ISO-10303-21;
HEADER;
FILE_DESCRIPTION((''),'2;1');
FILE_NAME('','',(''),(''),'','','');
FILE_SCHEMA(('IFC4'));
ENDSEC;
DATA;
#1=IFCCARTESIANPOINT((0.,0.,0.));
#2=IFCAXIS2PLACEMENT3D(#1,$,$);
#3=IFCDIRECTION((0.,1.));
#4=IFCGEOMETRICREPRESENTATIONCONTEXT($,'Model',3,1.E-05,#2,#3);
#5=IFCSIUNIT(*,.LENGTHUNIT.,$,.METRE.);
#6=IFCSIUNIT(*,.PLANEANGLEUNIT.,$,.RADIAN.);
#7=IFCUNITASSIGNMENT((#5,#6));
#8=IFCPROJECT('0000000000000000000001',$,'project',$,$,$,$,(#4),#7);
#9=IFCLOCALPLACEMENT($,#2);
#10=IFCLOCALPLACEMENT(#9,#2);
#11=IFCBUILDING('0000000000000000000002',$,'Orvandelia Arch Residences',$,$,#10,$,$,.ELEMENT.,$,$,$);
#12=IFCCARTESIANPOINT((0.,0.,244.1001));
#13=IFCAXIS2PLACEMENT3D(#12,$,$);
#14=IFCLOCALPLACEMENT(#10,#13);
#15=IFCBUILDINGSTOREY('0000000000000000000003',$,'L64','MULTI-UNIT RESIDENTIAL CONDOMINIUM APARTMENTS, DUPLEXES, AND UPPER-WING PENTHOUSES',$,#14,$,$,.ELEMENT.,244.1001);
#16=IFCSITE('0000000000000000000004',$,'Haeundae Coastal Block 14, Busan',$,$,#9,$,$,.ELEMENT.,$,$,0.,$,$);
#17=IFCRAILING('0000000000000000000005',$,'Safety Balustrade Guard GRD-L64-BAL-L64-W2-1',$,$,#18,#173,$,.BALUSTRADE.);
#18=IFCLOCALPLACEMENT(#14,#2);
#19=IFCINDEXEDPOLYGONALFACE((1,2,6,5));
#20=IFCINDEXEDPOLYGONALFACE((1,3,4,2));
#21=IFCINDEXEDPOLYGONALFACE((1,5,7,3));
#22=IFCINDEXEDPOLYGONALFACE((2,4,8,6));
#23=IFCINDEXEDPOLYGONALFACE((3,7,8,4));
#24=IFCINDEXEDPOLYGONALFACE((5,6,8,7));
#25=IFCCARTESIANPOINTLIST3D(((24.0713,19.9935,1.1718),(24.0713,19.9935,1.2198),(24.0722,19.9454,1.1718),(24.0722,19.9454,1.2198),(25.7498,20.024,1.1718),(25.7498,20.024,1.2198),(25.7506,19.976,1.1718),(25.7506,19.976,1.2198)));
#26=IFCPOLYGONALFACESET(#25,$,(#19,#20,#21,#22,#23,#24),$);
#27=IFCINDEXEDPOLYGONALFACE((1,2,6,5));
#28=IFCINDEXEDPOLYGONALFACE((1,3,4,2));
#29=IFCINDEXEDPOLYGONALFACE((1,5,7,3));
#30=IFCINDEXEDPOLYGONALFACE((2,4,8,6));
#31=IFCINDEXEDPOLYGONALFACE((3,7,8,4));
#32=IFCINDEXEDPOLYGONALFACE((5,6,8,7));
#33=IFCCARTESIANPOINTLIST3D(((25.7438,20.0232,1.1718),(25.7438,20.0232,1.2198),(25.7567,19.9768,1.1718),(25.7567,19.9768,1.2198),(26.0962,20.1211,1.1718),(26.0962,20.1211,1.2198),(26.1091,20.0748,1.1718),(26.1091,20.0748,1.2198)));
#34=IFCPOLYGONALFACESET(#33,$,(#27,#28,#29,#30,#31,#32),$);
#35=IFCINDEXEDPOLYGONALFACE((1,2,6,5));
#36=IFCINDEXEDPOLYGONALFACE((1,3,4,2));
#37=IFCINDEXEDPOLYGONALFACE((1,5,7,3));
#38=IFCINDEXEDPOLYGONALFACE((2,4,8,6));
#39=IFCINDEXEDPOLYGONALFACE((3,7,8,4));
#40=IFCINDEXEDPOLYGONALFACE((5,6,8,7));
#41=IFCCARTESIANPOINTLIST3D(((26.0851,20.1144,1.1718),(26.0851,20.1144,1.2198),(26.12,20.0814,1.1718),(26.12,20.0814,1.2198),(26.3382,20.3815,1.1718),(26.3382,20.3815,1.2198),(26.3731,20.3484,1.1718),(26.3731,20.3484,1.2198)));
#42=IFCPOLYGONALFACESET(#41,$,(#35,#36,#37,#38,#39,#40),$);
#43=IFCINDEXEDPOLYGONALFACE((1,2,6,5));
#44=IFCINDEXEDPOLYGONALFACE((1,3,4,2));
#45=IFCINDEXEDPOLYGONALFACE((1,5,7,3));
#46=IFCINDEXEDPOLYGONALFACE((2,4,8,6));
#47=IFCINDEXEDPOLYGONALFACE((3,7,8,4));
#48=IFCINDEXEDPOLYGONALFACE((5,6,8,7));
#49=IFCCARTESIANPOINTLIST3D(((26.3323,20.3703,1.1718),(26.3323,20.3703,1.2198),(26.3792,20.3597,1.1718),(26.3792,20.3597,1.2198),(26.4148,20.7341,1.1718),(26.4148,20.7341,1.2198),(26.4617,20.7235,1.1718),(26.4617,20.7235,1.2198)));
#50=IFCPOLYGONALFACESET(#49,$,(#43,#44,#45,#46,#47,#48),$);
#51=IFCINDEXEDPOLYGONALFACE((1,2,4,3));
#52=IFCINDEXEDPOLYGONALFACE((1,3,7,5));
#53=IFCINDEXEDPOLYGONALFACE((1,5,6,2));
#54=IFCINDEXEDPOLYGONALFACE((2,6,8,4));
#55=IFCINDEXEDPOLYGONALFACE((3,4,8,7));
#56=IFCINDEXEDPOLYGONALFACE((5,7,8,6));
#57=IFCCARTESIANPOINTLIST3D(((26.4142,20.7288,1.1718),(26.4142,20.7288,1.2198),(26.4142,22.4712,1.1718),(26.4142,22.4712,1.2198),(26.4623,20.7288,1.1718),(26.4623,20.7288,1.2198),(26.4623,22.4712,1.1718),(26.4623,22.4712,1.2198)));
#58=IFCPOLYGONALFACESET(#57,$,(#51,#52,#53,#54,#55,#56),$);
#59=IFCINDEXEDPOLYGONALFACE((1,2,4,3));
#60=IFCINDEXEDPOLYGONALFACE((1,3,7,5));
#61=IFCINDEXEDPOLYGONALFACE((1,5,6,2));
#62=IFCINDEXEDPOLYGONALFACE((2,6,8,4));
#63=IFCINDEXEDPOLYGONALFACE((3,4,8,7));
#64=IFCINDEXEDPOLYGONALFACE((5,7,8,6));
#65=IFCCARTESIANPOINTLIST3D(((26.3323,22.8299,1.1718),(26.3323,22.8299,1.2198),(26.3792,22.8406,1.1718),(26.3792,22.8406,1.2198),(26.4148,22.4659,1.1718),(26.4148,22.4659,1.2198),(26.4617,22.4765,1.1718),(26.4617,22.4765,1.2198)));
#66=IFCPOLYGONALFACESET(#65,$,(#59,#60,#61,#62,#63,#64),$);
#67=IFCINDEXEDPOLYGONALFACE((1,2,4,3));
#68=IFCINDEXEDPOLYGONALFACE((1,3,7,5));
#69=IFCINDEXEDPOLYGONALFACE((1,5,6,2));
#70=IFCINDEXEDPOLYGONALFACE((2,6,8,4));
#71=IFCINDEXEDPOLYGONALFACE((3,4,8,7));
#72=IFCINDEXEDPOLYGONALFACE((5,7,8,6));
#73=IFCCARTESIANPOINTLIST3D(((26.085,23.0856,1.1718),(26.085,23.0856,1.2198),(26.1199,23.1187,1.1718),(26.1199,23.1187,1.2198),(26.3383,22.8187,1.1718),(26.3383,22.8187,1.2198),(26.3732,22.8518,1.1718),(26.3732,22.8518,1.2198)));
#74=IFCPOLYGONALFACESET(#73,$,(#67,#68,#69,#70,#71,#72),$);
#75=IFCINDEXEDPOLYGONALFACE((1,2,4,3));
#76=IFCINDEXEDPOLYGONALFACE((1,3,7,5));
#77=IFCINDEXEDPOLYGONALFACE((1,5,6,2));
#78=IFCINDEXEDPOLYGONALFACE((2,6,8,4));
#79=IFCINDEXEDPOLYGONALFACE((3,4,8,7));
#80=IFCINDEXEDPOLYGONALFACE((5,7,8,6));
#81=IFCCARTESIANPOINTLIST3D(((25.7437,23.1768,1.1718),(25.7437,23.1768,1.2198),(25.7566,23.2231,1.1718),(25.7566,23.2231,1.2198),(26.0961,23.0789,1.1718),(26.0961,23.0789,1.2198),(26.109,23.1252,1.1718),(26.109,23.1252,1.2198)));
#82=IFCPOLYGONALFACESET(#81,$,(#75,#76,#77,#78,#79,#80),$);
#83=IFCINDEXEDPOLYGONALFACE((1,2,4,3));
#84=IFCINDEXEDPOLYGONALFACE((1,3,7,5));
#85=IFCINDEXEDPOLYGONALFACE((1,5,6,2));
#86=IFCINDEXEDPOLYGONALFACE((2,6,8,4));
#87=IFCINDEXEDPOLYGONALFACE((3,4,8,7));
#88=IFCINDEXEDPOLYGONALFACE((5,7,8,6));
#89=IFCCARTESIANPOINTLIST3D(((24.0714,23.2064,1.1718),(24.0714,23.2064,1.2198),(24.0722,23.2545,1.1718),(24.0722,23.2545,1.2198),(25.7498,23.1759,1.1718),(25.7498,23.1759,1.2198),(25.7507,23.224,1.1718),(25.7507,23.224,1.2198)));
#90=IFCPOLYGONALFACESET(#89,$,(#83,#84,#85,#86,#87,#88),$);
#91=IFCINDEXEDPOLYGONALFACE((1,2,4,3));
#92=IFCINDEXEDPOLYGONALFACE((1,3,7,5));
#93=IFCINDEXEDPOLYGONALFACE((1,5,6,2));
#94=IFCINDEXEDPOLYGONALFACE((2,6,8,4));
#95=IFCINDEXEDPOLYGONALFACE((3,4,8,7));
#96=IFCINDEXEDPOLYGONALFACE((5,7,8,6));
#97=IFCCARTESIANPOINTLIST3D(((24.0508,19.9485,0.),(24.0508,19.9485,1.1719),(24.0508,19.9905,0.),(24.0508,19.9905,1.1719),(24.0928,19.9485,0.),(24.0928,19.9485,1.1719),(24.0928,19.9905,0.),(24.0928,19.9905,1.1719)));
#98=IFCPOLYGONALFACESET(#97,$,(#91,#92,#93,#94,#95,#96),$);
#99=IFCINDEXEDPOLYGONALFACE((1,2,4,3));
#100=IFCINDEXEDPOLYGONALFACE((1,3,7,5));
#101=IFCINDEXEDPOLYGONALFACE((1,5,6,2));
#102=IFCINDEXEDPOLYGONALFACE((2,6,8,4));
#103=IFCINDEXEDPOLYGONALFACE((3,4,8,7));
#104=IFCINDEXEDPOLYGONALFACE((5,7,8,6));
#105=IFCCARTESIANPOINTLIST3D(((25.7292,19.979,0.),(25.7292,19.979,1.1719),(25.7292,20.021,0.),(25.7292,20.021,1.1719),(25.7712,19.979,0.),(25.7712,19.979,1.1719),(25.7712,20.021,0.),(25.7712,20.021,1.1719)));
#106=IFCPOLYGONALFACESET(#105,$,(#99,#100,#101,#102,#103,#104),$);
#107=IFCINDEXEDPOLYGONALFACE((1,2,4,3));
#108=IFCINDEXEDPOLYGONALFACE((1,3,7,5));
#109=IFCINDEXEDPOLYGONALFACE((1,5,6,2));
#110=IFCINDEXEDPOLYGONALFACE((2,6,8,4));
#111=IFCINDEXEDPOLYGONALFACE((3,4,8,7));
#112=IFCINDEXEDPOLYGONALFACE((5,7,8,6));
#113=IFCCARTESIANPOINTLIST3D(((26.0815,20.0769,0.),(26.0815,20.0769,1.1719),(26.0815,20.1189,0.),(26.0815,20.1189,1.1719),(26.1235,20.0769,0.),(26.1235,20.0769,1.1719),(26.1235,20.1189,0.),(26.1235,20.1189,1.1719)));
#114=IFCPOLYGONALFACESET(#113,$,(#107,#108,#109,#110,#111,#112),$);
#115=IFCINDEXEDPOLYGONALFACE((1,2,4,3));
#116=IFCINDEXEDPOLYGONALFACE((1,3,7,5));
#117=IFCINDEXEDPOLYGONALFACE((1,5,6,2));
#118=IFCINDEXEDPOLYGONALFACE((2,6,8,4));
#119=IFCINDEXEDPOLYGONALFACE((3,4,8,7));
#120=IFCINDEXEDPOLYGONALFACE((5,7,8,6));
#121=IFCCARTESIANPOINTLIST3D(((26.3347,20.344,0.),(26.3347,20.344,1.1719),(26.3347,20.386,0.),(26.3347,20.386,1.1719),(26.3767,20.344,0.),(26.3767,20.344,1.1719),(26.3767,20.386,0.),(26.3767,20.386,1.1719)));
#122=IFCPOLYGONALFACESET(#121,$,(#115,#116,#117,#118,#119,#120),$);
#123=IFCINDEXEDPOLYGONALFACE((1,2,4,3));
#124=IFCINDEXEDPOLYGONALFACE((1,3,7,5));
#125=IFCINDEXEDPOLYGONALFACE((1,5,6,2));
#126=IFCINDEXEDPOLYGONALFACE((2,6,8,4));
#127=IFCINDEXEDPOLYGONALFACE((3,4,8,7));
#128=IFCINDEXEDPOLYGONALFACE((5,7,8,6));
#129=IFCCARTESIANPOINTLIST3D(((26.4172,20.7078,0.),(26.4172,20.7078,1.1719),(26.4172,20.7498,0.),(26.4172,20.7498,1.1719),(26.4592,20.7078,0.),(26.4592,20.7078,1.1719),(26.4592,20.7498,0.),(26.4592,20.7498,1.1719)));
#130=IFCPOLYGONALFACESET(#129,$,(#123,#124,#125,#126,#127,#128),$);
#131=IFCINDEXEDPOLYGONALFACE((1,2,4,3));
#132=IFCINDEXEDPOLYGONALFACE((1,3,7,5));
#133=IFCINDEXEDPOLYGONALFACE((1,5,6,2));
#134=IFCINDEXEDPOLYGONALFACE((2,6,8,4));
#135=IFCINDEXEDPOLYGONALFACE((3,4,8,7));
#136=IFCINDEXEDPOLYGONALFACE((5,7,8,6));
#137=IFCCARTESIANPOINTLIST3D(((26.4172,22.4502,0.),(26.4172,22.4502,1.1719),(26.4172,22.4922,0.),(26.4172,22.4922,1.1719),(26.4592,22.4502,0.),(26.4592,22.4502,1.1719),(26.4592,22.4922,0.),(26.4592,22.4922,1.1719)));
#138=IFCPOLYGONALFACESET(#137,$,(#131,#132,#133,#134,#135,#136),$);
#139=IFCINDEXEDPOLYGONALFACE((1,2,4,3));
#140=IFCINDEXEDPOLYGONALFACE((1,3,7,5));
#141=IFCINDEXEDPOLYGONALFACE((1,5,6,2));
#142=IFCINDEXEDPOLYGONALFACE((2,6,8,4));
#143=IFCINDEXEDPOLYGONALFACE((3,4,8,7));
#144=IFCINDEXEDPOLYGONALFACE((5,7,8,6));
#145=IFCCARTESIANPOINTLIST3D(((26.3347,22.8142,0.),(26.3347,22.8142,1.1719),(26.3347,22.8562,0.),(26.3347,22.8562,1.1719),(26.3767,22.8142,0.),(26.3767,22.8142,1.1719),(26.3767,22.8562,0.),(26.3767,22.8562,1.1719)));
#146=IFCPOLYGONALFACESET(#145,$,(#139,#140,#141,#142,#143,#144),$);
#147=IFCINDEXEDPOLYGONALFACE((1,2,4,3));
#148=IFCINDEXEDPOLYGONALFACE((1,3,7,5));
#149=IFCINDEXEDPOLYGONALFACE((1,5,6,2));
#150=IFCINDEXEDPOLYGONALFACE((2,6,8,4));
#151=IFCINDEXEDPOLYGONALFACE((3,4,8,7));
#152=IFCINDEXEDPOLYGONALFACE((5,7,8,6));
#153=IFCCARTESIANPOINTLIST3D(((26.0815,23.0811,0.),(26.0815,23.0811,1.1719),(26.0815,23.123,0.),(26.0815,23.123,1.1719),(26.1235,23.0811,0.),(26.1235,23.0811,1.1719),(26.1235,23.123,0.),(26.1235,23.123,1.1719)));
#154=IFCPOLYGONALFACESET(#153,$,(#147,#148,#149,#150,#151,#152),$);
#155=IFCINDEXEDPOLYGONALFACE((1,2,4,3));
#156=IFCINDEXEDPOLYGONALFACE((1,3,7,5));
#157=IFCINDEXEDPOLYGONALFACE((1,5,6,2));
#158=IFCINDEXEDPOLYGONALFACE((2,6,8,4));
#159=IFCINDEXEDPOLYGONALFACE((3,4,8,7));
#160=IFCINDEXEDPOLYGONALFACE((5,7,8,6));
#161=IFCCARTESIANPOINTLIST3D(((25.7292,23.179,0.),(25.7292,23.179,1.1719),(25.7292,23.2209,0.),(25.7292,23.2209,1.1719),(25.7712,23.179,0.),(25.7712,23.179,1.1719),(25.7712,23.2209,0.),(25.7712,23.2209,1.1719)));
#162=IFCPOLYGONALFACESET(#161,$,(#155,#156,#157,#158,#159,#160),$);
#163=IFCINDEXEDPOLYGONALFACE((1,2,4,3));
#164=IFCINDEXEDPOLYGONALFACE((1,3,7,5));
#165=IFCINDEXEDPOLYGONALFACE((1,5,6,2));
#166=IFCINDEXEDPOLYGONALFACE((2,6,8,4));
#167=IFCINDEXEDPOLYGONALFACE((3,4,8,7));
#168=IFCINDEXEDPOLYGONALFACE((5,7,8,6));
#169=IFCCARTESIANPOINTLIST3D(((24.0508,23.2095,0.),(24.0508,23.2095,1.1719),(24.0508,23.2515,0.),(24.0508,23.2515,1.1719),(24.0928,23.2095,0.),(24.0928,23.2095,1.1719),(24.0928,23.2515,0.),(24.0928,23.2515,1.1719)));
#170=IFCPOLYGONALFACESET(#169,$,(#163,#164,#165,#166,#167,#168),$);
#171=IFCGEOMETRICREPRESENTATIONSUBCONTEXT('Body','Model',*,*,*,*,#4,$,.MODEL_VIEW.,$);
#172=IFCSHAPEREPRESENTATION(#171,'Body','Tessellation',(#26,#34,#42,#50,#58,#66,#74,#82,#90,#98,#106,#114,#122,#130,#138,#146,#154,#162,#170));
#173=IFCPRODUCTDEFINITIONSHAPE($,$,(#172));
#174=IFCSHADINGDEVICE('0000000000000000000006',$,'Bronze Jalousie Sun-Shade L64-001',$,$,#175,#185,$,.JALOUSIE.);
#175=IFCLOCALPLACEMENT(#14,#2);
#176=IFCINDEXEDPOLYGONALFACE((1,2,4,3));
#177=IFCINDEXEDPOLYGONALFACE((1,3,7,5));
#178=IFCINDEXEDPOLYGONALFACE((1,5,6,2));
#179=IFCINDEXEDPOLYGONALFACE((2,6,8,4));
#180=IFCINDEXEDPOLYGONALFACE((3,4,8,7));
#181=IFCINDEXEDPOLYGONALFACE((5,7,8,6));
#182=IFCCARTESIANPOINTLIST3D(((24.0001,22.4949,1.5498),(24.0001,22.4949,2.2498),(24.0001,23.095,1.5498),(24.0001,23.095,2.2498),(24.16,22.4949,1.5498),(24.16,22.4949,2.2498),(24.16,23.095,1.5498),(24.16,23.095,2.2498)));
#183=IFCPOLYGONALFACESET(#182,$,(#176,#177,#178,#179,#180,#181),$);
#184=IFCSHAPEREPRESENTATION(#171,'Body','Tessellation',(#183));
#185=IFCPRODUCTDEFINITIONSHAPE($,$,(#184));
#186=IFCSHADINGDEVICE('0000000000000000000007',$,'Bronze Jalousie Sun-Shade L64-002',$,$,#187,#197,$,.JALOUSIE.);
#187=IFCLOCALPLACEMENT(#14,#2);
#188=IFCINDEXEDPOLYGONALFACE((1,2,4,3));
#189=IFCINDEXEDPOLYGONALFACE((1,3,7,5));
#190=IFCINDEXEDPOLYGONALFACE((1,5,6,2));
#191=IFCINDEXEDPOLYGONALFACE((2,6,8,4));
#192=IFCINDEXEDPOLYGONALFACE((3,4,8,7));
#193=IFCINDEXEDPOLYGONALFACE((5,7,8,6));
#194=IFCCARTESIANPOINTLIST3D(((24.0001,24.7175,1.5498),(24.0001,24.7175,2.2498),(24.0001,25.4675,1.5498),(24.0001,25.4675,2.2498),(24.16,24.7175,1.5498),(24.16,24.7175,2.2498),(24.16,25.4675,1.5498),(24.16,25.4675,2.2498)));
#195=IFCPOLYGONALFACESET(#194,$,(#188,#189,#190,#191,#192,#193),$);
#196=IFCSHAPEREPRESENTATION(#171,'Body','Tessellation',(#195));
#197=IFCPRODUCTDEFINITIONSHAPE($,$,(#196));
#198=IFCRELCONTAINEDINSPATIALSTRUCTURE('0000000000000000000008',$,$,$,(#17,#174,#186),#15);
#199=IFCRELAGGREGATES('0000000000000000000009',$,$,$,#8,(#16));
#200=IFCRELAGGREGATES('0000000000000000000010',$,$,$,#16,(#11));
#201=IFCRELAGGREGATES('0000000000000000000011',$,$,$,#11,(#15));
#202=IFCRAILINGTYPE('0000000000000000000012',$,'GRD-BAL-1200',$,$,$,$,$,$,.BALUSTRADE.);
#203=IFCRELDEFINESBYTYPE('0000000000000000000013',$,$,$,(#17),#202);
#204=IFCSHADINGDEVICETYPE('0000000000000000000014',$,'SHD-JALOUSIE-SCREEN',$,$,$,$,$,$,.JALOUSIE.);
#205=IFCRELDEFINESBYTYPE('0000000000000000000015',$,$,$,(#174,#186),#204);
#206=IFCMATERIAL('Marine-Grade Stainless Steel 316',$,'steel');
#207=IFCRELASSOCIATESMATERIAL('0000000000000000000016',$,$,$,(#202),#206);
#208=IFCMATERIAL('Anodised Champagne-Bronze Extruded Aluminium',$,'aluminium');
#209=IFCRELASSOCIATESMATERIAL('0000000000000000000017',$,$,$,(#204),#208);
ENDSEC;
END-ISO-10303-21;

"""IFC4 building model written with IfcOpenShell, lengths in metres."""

from ifc_helpers import new_model, si_unit, direction, frame, origin, origin_2d, place, context, subcontext, project, spatial, rectangle, extrude, material, type_object, element, save


model = new_model("IFC4")

# Units and contexts
model_context = context("Model", 3, precision=1e-05, world=origin(), true_north=direction((0.0, 1.0)))
body_context = subcontext(model_context, "Body", "Model", "MODEL_VIEW")
ifc_project = project(units=[si_unit("LENGTHUNIT", "METRE"), si_unit("PLANEANGLEUNIT", "RADIAN")], contexts=[model_context])

# Site, building, storey
site_placement = place(None, origin())
site = spatial("IfcSite", under=ifc_project, at=site_placement, Name="Haeundae Coastal Block 14, Busan", CompositionType="ELEMENT", RefElevation=0.0)
building_placement = place(site_placement, origin())
building = spatial("IfcBuilding", under=site, at=building_placement, Name="Orvandelia Arch Residences", CompositionType="ELEMENT")
storey_placement = place(building_placement, frame((0.0, 0.0, 244.1001)))
storey = spatial("IfcBuildingStorey", under=building, at=storey_placement, Name="L64", Description="MULTI-UNIT RESIDENTIAL CONDOMINIUM APARTMENTS, DUPLEXES, AND UPPER-WING PENTHOUSES", CompositionType="ELEMENT", Elevation=244.1001)

# Railing
ifc_material_1 = material(Name="Marine-Grade Stainless Steel 316", Category="steel")
railing_type = type_object("IfcRailingType", Name="GRD-BAL-1200", PredefinedType="BALUSTRADE", material=ifc_material_1)
railing_placement = place(storey_placement, frame((24.0718, 19.9695, 0.0)))
element("IfcRailing", 1, at=railing_placement, inside=storey, type_object=railing_type, Name="Safety Balustrade Guard GRD-L64-BAL-L64-W2-1", PredefinedType="BALUSTRADE", context=body_context, shape_type="SweptSolid", body=[
    extrude(rectangle(XDim=0.0481, YDim=0.0481, at=origin_2d()), frame((0.0, 0.0, 1.1958), z_axis=(0.999835, 0.018179, 0.0), x_axis=(-0.018179, 0.999835, 0.0)), (0.0, 0.0, 1.0), 1.6787),
    extrude(rectangle(XDim=0.0481, YDim=0.0481, at=origin_2d()), frame((1.6785, 0.0305, 1.1958), z_axis=(0.963489, 0.267747, 0.0), x_axis=(-0.267747, 0.963489, 0.0)), (0.0, 0.0, 1.0), 0.3657),
    extrude(rectangle(XDim=0.0481, YDim=0.0481, at=origin_2d()), frame((2.0308, 0.1284, 1.1958), z_axis=(0.687947, 0.725761, 0.0), x_axis=(-0.725761, 0.687947, 0.0)), (0.0, 0.0, 1.0), 0.3679),
    extrude(rectangle(XDim=0.0481, YDim=0.0481, at=origin_2d()), frame((2.2839, 0.3955, 1.1958), z_axis=(0.221225, 0.975223, 0.0), x_axis=(-0.975223, 0.221225, 0.0)), (0.0, 0.0, 1.0), 0.373),
    extrude(rectangle(XDim=0.0481, YDim=0.0481, at=origin_2d()), frame((2.3665, 0.7593, 1.1958), z_axis=(0.0, 1.0, 0.0), x_axis=(-1.0, 0.0, 0.0)), (0.0, 0.0, 1.0), 1.7424),
    extrude(rectangle(XDim=0.0481, YDim=0.0481, at=origin_2d()), frame((2.3665, 2.5017, 1.1958), z_axis=(-0.221084, 0.975255, 0.0), x_axis=(-0.975255, -0.221084, 0.0)), (0.0, 0.0, 1.0), 0.3733),
    extrude(rectangle(XDim=0.0481, YDim=0.0481, at=origin_2d()), frame((2.2839, 2.8657, 1.1958), z_axis=(-0.688278, 0.725447, 0.0), x_axis=(-0.725447, -0.688278, 0.0)), (0.0, 0.0, 1.0), 0.3679),
    extrude(rectangle(XDim=0.0481, YDim=0.0481, at=origin_2d()), frame((2.0308, 3.1326, 1.1958), z_axis=(-0.963489, 0.267747, 0.0), x_axis=(-0.267747, -0.963489, 0.0)), (0.0, 0.0, 1.0), 0.3657),
    extrude(rectangle(XDim=0.0481, YDim=0.0481, at=origin_2d()), frame((1.6785, 3.2305, 1.1958), z_axis=(-0.999835, 0.018179, 0.0), x_axis=(-0.018179, -0.999835, 0.0)), (0.0, 0.0, 1.0), 1.6787),
    extrude(rectangle(XDim=0.042, YDim=0.042, at=origin_2d()), origin(), (0.0, 0.0, 1.0), 1.1719),
    extrude(rectangle(XDim=0.042, YDim=0.042, at=origin_2d()), frame((1.6785, 0.0305, 0.0)), (0.0, 0.0, 1.0), 1.1719),
    extrude(rectangle(XDim=0.042, YDim=0.042, at=origin_2d()), frame((2.0308, 0.1284, 0.0)), (0.0, 0.0, 1.0), 1.1719),
    extrude(rectangle(XDim=0.042, YDim=0.042, at=origin_2d()), frame((2.2839, 0.3955, 0.0)), (0.0, 0.0, 1.0), 1.1719),
    extrude(rectangle(XDim=0.042, YDim=0.042, at=origin_2d()), frame((2.3665, 0.7593, 0.0)), (0.0, 0.0, 1.0), 1.1719),
    extrude(rectangle(XDim=0.042, YDim=0.042, at=origin_2d()), frame((2.3665, 2.5017, 0.0)), (0.0, 0.0, 1.0), 1.1719),
    extrude(rectangle(XDim=0.042, YDim=0.042, at=origin_2d()), frame((2.2839, 2.8657, 0.0)), (0.0, 0.0, 1.0), 1.1719),
    extrude(rectangle(XDim=0.042, YDim=0.042, at=origin_2d()), frame((2.0308, 3.1326, 0.0)), (0.0, 0.0, 1.0), 1.1719),
    extrude(rectangle(XDim=0.042, YDim=0.042, at=origin_2d()), frame((1.6785, 3.2305, 0.0)), (0.0, 0.0, 1.0), 1.1719),
    extrude(rectangle(XDim=0.042, YDim=0.042, at=origin_2d()), frame((0.0, 3.261, 0.0)), (0.0, 0.0, 1.0), 1.1719),
])

# Shading devices
ifc_material_2 = material(Name="Anodised Champagne-Bronze Extruded Aluminium", Category="aluminium")
shading_device_type = type_object("IfcShadingDeviceType", Name="SHD-JALOUSIE-SCREEN", PredefinedType="JALOUSIE", material=ifc_material_2)
shading_device_1_placement = place(storey_placement, frame((24.0801, 22.7949, 1.5498), z_axis=(0.0, 0.0, 1.0), x_axis=(0.0, -1.0, 0.0)))
element("IfcShadingDevice", 2, at=shading_device_1_placement, inside=storey, type_object=shading_device_type, Name="Bronze Jalousie Sun-Shade L64-001", PredefinedType="JALOUSIE", context=body_context, shape_type="SweptSolid", body=[
    extrude(rectangle(XDim=0.6001, YDim=0.1599, at=origin_2d()), origin(), (0.0, 0.0, 1.0), 0.7),
])
shading_device_2_placement = place(storey_placement, frame((24.0801, 25.0925, 1.5498), z_axis=(0.0, 0.0, 1.0), x_axis=(0.0, -1.0, 0.0)))
element("IfcShadingDevice", 3, at=shading_device_2_placement, inside=storey, type_object=shading_device_type, Name="Bronze Jalousie Sun-Shade L64-002", PredefinedType="JALOUSIE", context=body_context, shape_type="SweptSolid", body=[
    extrude(rectangle(XDim=0.75, YDim=0.1599, at=origin_2d()), origin(), (0.0, 0.0, 1.0), 0.7),
])

save(model, "model.ifc")
